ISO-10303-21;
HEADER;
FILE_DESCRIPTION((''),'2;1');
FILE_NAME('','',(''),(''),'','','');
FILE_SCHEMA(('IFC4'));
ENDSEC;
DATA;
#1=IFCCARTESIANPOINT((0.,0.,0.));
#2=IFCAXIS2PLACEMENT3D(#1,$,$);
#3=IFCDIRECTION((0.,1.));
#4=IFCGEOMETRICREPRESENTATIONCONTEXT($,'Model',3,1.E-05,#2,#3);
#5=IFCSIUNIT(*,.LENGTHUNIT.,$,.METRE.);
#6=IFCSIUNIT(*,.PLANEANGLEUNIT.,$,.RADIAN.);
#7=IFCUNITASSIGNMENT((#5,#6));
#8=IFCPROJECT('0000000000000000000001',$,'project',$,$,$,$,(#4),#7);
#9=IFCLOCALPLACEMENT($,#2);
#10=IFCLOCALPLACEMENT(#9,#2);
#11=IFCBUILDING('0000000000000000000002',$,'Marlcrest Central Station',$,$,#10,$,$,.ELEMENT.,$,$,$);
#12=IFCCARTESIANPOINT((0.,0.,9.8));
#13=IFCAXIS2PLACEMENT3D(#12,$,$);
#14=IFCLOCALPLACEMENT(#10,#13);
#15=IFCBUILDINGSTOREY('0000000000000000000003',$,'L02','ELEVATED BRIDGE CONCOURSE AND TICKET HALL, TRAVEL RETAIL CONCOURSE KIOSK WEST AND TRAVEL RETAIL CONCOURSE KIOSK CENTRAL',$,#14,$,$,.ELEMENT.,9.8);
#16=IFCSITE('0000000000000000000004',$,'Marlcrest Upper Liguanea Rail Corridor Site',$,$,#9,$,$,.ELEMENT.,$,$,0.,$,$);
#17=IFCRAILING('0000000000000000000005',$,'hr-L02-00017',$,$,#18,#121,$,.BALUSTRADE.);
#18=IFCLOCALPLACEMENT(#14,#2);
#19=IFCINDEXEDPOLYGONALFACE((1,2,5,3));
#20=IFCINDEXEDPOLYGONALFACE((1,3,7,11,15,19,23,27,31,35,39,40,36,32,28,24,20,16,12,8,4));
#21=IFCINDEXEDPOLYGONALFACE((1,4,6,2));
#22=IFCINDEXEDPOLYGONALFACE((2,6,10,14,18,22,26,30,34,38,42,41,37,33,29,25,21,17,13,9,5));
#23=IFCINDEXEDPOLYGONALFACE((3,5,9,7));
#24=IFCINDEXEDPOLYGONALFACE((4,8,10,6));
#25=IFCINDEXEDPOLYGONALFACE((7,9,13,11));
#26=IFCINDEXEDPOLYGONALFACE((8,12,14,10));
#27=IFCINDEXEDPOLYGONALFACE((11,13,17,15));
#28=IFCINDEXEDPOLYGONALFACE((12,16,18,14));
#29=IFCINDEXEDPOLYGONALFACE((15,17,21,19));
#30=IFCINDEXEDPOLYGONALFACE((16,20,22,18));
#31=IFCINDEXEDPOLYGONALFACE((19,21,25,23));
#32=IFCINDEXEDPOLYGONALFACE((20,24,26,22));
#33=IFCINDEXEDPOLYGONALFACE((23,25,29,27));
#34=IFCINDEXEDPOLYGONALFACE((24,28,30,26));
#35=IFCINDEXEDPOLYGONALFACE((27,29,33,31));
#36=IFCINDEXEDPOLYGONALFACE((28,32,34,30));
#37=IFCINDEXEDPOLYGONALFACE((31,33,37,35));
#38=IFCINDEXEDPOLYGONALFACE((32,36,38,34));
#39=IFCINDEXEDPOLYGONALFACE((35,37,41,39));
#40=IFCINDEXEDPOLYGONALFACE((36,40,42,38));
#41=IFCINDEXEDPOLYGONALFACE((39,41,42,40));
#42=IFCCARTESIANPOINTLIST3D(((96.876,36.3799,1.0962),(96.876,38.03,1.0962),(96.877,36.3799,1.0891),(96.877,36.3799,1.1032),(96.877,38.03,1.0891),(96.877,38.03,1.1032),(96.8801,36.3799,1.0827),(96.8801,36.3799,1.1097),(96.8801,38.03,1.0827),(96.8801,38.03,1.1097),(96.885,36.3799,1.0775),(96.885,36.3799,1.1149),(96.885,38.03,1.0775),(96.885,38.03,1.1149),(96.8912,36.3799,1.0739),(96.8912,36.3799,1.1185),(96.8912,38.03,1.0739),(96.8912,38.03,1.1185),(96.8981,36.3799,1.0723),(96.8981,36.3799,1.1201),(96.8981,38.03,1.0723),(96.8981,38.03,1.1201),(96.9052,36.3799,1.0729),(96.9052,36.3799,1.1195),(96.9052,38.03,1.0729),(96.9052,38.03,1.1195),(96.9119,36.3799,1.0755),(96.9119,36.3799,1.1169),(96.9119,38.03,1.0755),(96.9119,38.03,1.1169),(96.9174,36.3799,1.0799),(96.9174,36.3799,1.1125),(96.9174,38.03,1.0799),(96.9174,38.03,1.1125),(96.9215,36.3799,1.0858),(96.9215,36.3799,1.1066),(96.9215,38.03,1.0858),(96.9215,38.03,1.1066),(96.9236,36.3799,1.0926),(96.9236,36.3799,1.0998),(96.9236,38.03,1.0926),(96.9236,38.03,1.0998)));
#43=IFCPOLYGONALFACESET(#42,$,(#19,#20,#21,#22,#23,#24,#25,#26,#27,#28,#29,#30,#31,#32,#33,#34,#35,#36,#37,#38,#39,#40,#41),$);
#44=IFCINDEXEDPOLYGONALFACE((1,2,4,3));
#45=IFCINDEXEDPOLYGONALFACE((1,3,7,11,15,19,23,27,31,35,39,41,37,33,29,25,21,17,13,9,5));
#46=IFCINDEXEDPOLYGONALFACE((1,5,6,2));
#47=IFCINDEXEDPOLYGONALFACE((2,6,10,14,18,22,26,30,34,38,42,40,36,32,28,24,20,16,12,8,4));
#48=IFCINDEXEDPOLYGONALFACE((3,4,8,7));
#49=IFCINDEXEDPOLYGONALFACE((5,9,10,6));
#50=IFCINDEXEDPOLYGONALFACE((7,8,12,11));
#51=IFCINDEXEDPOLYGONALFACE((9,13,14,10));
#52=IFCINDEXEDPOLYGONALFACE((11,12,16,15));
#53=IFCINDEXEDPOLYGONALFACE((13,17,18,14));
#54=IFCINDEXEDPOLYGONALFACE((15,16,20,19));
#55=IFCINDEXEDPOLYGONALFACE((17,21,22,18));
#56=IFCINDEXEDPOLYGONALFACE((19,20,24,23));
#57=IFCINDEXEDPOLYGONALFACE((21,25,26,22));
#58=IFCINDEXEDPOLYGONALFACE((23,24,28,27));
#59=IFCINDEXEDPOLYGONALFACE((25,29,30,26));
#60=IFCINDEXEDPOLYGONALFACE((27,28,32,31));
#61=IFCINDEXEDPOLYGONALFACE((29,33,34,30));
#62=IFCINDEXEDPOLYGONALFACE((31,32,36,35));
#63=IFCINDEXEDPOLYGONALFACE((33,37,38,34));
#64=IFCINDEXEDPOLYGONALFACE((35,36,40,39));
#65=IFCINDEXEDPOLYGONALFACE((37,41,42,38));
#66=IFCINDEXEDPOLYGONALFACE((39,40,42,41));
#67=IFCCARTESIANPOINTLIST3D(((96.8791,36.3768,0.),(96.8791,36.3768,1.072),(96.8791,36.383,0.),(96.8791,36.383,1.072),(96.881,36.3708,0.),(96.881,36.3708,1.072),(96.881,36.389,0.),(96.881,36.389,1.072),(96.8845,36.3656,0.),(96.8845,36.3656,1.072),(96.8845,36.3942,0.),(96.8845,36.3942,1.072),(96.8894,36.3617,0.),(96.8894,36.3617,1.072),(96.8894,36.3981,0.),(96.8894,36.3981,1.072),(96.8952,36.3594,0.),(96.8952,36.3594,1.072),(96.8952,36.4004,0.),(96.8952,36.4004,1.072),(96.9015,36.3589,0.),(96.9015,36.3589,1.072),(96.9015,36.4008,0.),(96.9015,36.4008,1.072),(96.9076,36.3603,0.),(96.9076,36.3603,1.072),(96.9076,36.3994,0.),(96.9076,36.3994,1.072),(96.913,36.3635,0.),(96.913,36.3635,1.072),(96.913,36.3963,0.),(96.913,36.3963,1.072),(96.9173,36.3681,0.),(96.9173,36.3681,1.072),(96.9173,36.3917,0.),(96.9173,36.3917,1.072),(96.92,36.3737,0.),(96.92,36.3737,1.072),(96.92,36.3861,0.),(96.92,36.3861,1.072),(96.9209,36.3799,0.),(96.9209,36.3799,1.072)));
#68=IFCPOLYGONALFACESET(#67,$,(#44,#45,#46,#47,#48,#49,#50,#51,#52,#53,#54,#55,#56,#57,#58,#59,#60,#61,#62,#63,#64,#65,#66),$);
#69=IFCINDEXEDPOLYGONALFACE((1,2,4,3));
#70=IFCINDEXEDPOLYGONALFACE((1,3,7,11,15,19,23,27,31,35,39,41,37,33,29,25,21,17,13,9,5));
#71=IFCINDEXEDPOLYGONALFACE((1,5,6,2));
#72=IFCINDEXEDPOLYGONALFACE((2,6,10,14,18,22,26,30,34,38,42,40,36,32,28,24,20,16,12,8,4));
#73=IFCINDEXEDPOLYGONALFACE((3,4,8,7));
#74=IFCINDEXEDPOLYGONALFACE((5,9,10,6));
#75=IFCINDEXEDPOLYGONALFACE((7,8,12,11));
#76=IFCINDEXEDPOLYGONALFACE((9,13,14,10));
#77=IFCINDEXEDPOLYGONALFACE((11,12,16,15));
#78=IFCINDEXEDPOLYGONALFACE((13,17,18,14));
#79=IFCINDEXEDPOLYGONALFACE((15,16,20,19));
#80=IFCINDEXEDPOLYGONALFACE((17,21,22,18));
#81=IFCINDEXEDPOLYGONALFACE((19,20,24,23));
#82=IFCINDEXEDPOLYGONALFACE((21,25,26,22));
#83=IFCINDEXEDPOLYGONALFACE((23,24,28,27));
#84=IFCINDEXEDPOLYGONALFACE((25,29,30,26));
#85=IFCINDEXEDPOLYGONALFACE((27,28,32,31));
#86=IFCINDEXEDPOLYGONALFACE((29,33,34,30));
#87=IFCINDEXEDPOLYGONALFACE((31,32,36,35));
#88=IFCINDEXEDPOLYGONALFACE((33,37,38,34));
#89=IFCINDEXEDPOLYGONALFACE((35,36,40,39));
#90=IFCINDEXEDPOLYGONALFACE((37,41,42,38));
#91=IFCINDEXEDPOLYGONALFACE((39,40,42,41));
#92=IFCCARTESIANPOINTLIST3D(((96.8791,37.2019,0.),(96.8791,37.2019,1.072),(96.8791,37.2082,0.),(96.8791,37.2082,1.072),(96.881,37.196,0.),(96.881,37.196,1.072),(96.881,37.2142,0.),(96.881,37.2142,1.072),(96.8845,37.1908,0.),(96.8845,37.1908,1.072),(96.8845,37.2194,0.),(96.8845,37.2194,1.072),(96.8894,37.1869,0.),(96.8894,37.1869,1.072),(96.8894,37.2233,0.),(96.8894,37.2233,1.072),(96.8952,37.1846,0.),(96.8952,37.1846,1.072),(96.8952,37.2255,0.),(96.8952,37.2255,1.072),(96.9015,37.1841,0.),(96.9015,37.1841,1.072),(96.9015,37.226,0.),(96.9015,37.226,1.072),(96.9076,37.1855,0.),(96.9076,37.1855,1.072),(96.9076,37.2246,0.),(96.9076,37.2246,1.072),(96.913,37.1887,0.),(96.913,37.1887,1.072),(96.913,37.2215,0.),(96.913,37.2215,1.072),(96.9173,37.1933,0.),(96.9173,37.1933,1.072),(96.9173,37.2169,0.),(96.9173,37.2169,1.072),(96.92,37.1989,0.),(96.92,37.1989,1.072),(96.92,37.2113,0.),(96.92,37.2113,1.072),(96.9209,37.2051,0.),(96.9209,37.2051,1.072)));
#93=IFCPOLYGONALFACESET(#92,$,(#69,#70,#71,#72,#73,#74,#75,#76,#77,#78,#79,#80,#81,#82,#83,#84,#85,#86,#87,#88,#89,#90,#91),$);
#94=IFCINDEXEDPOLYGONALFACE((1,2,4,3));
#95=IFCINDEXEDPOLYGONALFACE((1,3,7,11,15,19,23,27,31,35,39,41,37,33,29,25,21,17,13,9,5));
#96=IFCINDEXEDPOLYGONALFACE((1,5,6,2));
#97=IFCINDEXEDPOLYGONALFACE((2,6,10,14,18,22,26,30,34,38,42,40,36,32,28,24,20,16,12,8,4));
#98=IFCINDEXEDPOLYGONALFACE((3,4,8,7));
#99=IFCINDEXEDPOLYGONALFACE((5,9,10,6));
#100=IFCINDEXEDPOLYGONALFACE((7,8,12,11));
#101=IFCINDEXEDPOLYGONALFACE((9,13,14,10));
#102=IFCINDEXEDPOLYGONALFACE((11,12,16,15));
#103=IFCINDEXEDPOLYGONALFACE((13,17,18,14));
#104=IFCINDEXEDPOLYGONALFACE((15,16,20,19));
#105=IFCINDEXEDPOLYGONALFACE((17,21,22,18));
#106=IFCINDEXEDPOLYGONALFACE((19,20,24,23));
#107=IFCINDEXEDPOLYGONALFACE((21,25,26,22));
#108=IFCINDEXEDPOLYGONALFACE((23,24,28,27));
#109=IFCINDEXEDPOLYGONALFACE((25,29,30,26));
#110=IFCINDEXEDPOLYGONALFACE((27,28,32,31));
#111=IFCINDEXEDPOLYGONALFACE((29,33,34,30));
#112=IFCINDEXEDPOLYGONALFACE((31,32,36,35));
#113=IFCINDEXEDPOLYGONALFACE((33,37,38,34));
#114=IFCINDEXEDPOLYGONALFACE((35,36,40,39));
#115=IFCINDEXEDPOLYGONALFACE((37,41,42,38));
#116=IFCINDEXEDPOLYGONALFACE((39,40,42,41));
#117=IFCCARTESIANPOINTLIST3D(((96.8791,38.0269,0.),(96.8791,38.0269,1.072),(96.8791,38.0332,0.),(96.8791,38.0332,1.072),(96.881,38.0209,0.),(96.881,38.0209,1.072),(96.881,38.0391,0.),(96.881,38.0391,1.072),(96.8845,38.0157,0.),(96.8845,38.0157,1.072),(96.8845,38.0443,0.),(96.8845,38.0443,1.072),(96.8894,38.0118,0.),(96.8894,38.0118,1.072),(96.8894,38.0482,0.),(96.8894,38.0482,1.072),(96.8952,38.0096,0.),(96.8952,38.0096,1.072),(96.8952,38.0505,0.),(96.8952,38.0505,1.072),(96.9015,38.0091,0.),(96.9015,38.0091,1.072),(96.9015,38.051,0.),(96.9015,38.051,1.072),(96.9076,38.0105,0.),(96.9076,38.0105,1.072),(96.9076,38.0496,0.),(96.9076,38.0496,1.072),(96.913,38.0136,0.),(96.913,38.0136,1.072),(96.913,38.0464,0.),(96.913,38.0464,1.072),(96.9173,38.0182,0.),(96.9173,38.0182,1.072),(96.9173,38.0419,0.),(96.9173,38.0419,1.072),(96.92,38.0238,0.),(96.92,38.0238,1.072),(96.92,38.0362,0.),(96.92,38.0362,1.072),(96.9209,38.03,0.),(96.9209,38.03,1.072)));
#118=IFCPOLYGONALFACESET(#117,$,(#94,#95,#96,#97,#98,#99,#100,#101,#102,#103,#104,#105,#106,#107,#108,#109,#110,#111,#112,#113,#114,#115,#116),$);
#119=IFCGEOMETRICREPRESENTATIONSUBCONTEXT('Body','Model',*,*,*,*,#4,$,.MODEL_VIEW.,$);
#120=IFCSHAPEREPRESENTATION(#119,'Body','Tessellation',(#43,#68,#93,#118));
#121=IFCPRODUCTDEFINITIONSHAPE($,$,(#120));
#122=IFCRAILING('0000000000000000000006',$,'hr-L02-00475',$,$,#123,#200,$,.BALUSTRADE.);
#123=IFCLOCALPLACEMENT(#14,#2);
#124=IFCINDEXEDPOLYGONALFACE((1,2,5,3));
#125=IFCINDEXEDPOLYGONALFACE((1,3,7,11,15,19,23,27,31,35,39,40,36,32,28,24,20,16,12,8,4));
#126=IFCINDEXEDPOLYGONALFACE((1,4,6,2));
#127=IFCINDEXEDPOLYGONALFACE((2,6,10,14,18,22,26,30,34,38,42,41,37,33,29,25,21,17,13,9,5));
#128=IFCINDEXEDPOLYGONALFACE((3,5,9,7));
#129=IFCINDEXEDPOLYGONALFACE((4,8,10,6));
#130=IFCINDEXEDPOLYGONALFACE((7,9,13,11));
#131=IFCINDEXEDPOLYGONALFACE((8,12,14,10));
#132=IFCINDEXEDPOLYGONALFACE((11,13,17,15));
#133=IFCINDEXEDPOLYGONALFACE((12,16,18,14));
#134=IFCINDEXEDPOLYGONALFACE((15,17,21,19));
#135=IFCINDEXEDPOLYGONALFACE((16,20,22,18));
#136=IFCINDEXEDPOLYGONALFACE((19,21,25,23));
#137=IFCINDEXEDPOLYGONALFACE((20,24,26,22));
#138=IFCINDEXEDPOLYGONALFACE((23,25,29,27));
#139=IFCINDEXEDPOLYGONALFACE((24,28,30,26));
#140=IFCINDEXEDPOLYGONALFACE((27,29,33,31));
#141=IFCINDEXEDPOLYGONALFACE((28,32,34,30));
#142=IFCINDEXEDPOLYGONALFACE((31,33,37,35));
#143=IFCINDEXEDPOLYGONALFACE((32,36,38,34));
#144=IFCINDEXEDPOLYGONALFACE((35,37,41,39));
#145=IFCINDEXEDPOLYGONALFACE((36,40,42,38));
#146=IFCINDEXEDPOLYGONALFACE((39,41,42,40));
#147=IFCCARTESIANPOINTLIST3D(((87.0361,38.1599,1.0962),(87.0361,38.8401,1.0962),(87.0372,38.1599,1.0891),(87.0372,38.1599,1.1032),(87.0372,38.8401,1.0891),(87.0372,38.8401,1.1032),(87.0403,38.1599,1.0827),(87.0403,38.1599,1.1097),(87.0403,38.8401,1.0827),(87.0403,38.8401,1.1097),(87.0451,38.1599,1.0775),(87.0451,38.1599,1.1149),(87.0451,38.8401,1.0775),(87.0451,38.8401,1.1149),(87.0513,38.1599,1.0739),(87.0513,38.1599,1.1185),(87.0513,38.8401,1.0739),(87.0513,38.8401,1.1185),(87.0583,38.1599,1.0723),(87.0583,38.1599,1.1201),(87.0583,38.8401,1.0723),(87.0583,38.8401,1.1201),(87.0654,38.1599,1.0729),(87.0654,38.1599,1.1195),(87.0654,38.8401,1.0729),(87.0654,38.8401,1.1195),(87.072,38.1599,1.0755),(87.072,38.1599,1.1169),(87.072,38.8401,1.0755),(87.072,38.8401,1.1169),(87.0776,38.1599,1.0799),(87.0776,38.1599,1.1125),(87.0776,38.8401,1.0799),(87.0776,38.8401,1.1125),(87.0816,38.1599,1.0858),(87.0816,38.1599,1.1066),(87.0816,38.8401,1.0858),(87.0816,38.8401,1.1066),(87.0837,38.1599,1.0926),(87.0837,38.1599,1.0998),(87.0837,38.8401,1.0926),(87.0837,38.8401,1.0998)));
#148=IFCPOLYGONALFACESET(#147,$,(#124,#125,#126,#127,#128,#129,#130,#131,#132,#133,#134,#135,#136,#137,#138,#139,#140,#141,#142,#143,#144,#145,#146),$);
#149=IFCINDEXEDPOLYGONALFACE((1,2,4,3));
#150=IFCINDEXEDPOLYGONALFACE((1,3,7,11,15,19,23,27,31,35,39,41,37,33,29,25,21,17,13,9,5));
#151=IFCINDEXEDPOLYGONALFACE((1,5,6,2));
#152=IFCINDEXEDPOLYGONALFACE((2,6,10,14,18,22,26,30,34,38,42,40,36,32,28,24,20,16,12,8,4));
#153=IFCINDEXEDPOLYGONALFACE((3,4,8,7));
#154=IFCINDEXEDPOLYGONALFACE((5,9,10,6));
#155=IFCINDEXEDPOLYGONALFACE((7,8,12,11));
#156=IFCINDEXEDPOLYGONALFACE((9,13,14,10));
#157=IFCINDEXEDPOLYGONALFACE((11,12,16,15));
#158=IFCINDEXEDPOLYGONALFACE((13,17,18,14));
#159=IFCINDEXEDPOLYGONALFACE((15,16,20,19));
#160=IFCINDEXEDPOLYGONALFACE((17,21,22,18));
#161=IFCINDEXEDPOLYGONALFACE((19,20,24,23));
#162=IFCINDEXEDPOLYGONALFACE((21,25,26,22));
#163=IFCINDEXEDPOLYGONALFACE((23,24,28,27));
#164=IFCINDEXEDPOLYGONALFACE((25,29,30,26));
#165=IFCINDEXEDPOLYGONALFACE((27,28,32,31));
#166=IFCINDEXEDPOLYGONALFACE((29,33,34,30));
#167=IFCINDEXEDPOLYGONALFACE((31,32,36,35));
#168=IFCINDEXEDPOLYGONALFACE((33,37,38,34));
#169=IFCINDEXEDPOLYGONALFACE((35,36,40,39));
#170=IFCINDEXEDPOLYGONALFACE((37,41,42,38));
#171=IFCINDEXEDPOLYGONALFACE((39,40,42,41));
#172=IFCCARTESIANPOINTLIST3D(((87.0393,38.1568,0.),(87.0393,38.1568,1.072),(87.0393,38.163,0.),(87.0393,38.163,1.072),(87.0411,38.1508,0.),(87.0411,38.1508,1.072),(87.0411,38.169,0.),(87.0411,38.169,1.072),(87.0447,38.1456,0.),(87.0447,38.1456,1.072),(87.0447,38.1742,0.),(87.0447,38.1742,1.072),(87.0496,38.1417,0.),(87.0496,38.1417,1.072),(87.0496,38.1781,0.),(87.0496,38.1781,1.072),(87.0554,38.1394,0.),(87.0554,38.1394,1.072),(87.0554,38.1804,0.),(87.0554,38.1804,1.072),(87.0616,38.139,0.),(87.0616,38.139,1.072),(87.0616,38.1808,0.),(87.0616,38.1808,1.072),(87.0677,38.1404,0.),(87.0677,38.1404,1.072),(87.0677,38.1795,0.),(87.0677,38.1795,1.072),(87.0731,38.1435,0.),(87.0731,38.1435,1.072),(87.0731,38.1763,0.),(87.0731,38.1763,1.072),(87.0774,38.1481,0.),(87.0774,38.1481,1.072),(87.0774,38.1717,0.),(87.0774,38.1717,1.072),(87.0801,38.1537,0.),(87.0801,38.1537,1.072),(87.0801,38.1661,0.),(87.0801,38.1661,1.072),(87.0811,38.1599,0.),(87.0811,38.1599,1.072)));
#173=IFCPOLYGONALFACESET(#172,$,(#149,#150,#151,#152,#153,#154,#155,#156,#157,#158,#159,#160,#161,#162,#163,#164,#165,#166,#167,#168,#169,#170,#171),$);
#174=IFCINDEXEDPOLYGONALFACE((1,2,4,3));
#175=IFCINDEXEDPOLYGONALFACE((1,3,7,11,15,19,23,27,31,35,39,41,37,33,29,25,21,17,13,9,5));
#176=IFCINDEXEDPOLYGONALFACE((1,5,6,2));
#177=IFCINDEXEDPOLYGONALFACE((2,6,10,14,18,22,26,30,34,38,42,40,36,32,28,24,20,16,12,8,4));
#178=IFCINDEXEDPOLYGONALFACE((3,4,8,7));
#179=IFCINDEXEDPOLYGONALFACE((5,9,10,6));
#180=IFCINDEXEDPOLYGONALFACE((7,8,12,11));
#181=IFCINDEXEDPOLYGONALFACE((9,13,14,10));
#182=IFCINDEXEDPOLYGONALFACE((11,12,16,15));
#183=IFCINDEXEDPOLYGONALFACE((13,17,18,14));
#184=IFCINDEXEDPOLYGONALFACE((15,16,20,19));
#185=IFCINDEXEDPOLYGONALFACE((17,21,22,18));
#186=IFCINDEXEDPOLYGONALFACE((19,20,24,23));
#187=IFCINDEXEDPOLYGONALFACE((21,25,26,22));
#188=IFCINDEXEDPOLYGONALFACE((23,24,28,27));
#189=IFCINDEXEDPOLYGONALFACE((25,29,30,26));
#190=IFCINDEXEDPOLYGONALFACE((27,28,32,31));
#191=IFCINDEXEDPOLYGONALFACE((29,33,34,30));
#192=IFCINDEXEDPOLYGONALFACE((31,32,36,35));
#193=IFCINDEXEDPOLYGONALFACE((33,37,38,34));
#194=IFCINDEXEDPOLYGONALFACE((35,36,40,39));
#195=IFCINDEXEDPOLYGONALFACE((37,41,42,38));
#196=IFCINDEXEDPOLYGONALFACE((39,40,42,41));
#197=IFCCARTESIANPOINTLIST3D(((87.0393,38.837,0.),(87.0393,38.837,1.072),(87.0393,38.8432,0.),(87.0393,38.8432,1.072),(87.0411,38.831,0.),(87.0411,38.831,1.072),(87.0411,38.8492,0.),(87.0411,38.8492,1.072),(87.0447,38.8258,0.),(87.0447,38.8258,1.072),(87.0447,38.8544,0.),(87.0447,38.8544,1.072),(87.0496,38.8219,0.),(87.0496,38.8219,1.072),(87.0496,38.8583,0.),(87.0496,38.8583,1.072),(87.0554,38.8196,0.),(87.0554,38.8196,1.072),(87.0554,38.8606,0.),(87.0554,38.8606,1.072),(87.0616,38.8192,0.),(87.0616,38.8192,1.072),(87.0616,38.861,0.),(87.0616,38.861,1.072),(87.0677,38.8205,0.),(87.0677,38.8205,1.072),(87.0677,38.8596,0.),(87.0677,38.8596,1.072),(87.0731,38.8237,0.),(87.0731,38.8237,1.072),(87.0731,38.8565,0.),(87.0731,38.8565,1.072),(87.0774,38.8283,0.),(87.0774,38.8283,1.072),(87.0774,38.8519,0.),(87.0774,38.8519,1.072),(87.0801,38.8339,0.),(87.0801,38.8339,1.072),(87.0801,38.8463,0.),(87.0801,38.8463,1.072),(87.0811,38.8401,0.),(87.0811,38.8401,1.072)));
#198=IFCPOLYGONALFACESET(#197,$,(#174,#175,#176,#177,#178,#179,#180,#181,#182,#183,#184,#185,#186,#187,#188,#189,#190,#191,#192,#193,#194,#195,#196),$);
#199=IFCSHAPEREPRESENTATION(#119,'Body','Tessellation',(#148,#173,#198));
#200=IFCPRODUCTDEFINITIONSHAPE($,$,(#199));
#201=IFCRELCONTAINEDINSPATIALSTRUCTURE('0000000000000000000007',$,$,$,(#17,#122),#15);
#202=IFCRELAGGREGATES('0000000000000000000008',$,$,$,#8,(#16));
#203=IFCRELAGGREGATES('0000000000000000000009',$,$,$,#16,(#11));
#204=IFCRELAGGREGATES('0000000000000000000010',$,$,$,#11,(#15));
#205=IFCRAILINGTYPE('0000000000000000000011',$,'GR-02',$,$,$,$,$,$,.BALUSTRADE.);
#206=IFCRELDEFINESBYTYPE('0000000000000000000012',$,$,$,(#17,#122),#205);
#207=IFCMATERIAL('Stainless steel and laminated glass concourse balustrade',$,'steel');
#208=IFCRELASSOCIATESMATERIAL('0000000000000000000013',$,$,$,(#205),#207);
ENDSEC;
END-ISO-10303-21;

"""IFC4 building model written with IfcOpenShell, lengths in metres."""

from ifc_helpers import new_model, si_unit, direction, frame, origin, origin_2d, place, context, subcontext, project, spatial, circle, extrude, material, type_object, element, save


model = new_model("IFC4")

# Units and contexts
model_context = context("Model", 3, precision=1e-05, world=origin(), true_north=direction((0.0, 1.0)))
body_context = subcontext(model_context, "Body", "Model", "MODEL_VIEW")
ifc_project = project(units=[si_unit("LENGTHUNIT", "METRE"), si_unit("PLANEANGLEUNIT", "RADIAN")], contexts=[model_context])

# Site, building, storey
site_placement = place(None, origin())
site = spatial("IfcSite", under=ifc_project, at=site_placement, Name="Marlcrest Upper Liguanea Rail Corridor Site", CompositionType="ELEMENT", RefElevation=0.0)
building_placement = place(site_placement, origin())
building = spatial("IfcBuilding", under=site, at=building_placement, Name="Marlcrest Central Station", CompositionType="ELEMENT")
storey_placement = place(building_placement, frame((0.0, 0.0, 9.8)))
storey = spatial("IfcBuildingStorey", under=building, at=storey_placement, Name="L02", Description="ELEVATED BRIDGE CONCOURSE AND TICKET HALL, TRAVEL RETAIL CONCOURSE KIOSK WEST AND TRAVEL RETAIL CONCOURSE KIOSK CENTRAL", CompositionType="ELEMENT", Elevation=9.8)

# Railings
ifc_material_1 = material(Name="Stainless steel and laminated glass concourse balustrade", Category="steel")
railing_type = type_object("IfcRailingType", Name="GR-02", PredefinedType="BALUSTRADE", material=ifc_material_1)
railing_1_placement = place(storey_placement, frame((96.8999, 36.3799, 0.0)))
element("IfcRailing", 1, at=railing_1_placement, inside=storey, type_object=railing_type, Name="hr-L02-00017", PredefinedType="BALUSTRADE", context=body_context, shape_type="SweptSolid", body=[
    extrude(circle(Radius=0.0239, at=origin_2d()), frame((0.0, 0.0, 1.0962), z_axis=(0.0, 1.0, 0.0), x_axis=(-1.0, 0.0, 0.0)), (0.0, 0.0, 1.0), 1.6501),
    extrude(circle(Radius=0.021, at=origin_2d()), origin(), (0.0, 0.0, 1.0), 1.072),
    extrude(circle(Radius=0.021, at=origin_2d()), frame((0.0, 0.8252, 0.0)), (0.0, 0.0, 1.0), 1.072),
    extrude(circle(Radius=0.021, at=origin_2d()), frame((0.0, 1.6501, 0.0)), (0.0, 0.0, 1.0), 1.072),
])
for number, where, name in (
    (2, (87.0601, 38.1599, 0.0), "hr-L02-00475"),
):
    element("IfcRailing", number, at=place(storey_placement, frame(where)), inside=storey, type_object=railing_type, Name=name, PredefinedType="BALUSTRADE", context=body_context, shape_type="SweptSolid", body=[
        extrude(circle(Radius=0.0239, at=origin_2d()), frame((0.0, 0.0, 1.0962), z_axis=(0.0, 1.0, 0.0), x_axis=(-1.0, 0.0, 0.0)), (0.0, 0.0, 1.0), 0.6802),
        extrude(circle(Radius=0.021, at=origin_2d()), origin(), (0.0, 0.0, 1.0), 1.072),
        extrude(circle(Radius=0.021, at=origin_2d()), frame((0.0, 0.6802, 0.0)), (0.0, 0.0, 1.0), 1.072),
    ])

save(model, "model.ifc")
